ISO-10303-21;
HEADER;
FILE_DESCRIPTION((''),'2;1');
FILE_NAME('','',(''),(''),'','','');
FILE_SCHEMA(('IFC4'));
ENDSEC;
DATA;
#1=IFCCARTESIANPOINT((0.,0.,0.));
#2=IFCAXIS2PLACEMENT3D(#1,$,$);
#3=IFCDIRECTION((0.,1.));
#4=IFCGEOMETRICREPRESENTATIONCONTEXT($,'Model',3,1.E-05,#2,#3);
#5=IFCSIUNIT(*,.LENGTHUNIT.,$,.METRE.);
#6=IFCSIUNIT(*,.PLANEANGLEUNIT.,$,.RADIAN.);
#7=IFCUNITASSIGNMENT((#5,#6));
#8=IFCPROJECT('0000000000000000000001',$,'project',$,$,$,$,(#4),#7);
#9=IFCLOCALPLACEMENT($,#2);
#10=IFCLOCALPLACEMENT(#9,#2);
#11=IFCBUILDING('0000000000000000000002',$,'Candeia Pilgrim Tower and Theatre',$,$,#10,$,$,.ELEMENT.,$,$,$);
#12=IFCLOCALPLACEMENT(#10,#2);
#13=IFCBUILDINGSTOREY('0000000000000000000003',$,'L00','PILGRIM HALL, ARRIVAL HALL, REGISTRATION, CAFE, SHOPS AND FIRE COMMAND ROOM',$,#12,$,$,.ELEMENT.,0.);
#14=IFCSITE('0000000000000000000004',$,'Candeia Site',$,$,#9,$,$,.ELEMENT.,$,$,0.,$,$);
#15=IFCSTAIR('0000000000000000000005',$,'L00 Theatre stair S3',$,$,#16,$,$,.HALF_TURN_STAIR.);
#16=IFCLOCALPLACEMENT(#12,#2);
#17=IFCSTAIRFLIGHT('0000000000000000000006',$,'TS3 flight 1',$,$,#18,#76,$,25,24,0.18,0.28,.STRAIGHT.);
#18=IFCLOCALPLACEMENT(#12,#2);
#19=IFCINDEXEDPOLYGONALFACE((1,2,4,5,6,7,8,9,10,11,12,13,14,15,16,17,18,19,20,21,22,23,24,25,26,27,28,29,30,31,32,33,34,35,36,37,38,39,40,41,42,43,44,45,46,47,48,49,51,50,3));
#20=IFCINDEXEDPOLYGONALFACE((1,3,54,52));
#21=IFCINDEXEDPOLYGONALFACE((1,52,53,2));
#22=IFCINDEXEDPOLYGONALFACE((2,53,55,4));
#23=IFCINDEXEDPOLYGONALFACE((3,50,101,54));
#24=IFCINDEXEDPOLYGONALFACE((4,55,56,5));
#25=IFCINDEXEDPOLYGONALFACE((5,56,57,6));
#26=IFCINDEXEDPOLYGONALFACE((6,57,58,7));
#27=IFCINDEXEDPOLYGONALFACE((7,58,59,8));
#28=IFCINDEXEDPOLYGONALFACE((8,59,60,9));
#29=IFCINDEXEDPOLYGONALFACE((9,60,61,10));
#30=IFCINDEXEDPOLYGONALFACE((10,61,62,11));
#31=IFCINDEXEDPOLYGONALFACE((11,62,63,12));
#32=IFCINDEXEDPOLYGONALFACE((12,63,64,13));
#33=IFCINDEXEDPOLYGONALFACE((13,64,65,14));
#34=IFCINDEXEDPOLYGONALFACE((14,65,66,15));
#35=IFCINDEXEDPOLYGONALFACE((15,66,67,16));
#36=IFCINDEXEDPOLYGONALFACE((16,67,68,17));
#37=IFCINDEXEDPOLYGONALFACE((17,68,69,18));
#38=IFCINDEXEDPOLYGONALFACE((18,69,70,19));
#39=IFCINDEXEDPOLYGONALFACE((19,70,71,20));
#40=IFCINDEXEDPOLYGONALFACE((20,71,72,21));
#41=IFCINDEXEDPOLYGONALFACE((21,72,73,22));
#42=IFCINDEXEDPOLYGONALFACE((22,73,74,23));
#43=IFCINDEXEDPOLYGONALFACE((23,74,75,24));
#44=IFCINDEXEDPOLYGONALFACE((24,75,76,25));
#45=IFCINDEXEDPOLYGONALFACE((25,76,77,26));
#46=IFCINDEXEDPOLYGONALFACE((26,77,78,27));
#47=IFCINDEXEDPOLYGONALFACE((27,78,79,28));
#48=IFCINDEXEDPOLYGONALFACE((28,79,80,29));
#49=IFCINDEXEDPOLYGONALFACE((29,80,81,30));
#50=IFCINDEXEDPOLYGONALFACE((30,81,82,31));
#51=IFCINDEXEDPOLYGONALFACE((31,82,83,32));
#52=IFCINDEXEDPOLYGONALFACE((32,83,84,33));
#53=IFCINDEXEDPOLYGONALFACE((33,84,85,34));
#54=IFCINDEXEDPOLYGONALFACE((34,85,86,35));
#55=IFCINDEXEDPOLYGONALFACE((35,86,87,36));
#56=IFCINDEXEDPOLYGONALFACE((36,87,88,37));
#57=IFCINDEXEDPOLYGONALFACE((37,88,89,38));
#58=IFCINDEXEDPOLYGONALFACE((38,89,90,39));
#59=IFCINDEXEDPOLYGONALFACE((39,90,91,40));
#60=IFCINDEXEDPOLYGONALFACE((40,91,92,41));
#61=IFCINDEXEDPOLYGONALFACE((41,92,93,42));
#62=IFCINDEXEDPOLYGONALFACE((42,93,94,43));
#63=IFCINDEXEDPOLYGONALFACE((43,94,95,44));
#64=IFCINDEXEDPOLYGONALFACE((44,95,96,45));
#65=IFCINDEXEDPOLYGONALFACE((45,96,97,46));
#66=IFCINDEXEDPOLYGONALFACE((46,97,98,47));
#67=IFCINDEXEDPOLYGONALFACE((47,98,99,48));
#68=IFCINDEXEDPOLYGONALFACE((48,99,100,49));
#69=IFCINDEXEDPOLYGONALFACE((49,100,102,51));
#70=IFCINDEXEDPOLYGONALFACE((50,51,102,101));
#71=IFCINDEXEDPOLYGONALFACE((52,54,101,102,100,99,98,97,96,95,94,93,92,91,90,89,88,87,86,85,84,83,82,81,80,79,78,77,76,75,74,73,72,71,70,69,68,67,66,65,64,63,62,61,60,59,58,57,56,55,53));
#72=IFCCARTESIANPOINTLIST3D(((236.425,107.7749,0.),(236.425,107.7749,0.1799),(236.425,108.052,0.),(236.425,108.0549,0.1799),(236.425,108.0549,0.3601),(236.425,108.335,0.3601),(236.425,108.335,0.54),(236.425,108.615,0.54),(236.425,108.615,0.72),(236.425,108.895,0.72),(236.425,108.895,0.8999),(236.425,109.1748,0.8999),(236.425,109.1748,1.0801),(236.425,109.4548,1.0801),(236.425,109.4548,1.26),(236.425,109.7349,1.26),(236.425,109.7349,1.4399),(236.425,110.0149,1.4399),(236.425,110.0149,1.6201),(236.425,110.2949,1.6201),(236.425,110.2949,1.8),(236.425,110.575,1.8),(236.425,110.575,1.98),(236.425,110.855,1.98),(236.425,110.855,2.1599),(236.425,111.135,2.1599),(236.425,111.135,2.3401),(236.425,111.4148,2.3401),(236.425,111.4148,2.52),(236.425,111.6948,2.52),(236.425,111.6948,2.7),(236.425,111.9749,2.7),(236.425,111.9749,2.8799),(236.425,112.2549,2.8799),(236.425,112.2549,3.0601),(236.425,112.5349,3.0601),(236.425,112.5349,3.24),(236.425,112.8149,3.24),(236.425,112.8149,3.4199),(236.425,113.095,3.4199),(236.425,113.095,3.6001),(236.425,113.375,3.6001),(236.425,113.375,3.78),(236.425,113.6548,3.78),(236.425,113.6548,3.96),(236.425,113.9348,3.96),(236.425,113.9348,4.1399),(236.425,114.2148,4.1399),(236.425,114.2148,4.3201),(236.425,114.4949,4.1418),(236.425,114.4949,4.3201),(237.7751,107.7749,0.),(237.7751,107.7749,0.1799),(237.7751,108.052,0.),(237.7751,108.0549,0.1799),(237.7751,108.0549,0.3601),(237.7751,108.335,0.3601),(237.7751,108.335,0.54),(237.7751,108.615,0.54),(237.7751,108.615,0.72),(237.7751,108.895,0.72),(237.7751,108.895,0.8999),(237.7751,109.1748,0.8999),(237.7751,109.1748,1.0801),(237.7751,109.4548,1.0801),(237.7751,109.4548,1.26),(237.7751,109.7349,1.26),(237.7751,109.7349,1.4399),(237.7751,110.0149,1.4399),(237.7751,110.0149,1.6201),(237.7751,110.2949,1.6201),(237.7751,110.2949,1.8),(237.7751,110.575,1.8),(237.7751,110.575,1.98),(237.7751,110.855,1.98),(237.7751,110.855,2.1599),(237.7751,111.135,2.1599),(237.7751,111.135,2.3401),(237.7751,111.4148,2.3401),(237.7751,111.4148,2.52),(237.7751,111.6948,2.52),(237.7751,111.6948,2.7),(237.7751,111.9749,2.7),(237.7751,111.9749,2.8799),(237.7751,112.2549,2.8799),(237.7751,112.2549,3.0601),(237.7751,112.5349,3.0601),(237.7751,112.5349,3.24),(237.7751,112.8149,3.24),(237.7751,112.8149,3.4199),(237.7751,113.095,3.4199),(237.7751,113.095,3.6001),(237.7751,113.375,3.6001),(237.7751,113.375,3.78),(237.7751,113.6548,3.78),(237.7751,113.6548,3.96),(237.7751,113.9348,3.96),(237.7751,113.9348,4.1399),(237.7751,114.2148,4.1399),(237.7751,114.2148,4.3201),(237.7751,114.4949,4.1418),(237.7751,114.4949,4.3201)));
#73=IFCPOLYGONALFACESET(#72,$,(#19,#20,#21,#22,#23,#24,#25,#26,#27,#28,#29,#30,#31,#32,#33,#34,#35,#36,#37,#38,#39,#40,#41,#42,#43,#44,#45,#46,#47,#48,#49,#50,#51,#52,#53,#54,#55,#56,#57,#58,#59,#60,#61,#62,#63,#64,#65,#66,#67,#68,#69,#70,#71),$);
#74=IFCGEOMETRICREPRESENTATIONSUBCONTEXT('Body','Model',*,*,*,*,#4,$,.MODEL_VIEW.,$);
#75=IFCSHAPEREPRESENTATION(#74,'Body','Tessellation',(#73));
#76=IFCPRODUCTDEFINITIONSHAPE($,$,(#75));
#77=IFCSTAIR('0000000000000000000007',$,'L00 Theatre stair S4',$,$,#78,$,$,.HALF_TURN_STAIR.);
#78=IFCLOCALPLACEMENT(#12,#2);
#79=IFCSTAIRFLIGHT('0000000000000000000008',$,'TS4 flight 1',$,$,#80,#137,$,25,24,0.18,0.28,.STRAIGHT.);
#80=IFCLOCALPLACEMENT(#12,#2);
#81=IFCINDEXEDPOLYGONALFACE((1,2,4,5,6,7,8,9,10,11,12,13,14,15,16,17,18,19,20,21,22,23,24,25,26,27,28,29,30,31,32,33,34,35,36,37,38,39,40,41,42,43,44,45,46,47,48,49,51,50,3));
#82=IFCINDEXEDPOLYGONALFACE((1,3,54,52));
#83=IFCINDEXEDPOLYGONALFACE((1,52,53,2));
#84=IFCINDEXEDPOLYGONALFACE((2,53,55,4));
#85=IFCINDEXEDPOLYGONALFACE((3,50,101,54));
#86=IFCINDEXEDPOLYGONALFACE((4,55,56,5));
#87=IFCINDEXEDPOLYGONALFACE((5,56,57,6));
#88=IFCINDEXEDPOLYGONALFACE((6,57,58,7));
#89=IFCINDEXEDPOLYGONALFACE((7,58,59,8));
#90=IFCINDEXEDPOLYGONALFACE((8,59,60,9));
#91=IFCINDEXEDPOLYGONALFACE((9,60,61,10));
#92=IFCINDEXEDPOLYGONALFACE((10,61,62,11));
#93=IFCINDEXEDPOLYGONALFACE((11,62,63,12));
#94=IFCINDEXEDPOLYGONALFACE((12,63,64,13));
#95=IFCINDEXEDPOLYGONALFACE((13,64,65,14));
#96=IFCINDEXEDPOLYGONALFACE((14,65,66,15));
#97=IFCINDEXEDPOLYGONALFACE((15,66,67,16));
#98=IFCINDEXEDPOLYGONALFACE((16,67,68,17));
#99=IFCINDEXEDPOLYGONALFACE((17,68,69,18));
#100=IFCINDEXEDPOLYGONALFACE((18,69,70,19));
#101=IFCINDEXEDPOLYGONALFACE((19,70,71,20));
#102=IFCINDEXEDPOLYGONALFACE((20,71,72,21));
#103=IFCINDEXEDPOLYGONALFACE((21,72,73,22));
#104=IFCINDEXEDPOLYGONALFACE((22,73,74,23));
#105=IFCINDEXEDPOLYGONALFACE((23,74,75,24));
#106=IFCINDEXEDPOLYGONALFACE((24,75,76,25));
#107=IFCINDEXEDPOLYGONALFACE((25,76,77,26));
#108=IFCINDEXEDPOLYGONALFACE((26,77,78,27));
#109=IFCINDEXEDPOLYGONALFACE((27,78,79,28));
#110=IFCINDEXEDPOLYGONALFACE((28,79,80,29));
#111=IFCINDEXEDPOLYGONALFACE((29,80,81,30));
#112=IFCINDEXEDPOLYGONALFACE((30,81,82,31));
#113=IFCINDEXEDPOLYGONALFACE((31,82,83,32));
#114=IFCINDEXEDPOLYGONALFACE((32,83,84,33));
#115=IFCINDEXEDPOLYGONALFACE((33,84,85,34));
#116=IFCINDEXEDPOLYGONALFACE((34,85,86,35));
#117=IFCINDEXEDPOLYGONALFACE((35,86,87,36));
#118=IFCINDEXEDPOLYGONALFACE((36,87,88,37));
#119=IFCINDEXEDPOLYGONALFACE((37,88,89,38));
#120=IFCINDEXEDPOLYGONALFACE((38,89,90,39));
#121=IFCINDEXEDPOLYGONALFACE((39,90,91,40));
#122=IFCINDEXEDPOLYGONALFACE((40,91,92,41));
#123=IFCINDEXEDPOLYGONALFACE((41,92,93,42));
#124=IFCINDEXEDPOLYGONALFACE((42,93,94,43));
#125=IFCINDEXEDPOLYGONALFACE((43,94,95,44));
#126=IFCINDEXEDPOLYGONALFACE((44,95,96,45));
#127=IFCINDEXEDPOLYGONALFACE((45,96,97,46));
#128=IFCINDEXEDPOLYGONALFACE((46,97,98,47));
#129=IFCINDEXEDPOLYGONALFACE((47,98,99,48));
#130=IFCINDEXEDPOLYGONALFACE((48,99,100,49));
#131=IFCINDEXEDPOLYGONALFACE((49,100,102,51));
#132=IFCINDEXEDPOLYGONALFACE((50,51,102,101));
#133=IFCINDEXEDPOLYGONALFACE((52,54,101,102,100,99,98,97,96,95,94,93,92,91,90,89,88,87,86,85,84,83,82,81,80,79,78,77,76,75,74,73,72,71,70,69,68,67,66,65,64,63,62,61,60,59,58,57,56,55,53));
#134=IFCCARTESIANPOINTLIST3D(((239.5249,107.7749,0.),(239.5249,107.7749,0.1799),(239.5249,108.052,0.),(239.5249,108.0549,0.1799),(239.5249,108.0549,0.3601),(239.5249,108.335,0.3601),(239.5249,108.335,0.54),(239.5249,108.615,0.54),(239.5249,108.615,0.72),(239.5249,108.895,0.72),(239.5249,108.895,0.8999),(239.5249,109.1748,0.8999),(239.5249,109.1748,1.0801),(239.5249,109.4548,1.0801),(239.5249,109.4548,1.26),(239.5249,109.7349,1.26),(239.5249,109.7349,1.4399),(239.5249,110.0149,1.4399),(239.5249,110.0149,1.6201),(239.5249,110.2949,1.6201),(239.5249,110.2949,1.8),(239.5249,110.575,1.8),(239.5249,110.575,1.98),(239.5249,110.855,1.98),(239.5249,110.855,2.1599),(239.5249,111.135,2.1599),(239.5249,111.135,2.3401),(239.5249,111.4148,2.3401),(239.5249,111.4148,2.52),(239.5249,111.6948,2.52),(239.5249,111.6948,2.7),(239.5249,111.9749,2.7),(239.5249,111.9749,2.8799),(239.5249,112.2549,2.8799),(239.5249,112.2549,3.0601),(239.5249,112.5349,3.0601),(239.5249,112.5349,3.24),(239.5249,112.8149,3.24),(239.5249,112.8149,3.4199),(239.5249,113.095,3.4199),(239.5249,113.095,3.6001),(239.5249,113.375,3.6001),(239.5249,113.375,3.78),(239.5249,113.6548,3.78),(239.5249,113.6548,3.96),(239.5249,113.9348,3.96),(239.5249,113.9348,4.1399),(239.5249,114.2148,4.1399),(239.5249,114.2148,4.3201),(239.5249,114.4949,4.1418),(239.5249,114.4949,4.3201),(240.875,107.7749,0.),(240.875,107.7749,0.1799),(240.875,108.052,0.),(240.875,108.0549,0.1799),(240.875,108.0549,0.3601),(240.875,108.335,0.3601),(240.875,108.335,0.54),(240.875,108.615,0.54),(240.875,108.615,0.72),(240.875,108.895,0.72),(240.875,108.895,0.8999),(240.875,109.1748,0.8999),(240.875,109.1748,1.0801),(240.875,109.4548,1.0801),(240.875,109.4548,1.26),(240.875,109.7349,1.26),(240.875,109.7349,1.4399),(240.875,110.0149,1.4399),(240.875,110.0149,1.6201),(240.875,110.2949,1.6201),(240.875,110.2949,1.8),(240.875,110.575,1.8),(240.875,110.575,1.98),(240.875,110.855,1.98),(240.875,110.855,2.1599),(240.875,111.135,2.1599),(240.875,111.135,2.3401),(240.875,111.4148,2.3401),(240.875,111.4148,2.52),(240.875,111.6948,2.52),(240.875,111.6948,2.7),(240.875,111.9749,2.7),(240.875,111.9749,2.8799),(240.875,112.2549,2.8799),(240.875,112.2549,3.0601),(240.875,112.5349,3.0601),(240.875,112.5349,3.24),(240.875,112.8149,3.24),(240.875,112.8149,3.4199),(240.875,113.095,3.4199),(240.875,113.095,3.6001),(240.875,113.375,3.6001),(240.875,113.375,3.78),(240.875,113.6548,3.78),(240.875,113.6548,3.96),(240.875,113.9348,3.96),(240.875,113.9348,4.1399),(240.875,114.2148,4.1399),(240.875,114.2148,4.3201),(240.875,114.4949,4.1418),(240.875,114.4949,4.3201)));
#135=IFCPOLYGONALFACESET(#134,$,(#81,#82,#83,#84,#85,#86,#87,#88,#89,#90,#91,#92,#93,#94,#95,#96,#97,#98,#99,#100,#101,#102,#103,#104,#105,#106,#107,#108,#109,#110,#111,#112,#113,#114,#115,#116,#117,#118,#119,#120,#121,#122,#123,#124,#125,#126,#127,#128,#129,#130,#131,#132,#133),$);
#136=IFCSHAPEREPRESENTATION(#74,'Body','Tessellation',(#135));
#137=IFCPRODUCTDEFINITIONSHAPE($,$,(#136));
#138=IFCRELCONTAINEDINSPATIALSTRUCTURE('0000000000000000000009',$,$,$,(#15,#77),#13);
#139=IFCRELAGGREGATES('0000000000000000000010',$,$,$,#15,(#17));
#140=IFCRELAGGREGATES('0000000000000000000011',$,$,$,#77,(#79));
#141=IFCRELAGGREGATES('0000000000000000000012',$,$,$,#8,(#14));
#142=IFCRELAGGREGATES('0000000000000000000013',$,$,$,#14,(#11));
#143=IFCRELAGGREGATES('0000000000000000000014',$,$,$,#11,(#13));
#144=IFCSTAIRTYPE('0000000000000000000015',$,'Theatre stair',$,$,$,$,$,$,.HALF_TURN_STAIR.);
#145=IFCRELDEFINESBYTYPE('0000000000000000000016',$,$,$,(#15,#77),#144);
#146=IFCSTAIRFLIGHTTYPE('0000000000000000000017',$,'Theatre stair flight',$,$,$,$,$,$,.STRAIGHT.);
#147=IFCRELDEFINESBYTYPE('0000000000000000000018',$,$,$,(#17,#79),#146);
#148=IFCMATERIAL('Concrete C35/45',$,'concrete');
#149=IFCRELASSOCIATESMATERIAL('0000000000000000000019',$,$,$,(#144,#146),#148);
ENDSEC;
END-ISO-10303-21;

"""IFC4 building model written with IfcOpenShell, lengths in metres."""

from ifc_helpers import new_model, si_unit, direction, frame, origin, place, context, subcontext, project, spatial, polyline, outline, extrude, material, type_object, element, aggregate, save


model = new_model("IFC4")

# Units and contexts
model_context = context("Model", 3, precision=1e-05, world=origin(), true_north=direction((0.0, 1.0)))
body_context = subcontext(model_context, "Body", "Model", "MODEL_VIEW")
ifc_project = project(units=[si_unit("LENGTHUNIT", "METRE"), si_unit("PLANEANGLEUNIT", "RADIAN")], contexts=[model_context])

# Site, building, storey
site_placement = place(None, origin())
site = spatial("IfcSite", under=ifc_project, at=site_placement, Name="Candeia Site", CompositionType="ELEMENT", RefElevation=0.0)
building_placement = place(site_placement, origin())
building = spatial("IfcBuilding", under=site, at=building_placement, Name="Candeia Pilgrim Tower and Theatre", CompositionType="ELEMENT")
storey_placement = place(building_placement, origin())
storey = spatial("IfcBuildingStorey", under=building, at=storey_placement, Name="L00", Description="PILGRIM HALL, ARRIVAL HALL, REGISTRATION, CAFE, SHOPS AND FIRE COMMAND ROOM", CompositionType="ELEMENT", Elevation=0.0)

# Shared definitions
ifc_material_1 = material(Name="Concrete C35/45", Category="concrete")

# Stairs, stair flights
stair_type = type_object("IfcStairType", Name="Theatre stair", PredefinedType="HALF_TURN_STAIR", material=ifc_material_1)
stair_1_placement = place(storey_placement, origin())
stair_1 = element("IfcStair", 1, at=stair_1_placement, inside=storey, type_object=stair_type, Name="L00 Theatre stair S3", PredefinedType="HALF_TURN_STAIR")
stair_flight_type = type_object("IfcStairFlightType", Name="Theatre stair flight", PredefinedType="STRAIGHT", material=ifc_material_1)
stair_flight_1_placement = place(storey_placement, frame((237.1001, 107.7749, 0.0), z_axis=(0.0, 0.0, 1.0), x_axis=(0.0, 1.0, 0.0)))
stair_flight_1 = element("IfcStairFlight", 2, at=stair_flight_1_placement, type_object=stair_flight_type, Name="TS3 flight 1", NumberOfRisers=25, NumberOfTreads=24, PredefinedType="STRAIGHT", RiserHeight=0.18, TreadLength=0.28, context=body_context, shape_type="SweptSolid", body=[
    extrude(outline(polyline([(0.0, 0.0), (0.0, 0.1799), (0.28, 0.1799), (0.28, 0.3601), (0.5601, 0.3601), (0.5601, 0.54), (0.8401, 0.54), (0.8401, 0.72), (1.1201, 0.72), (1.1201, 0.8999), (1.3999, 0.8999), (1.3999, 1.0801), (1.6799, 1.0801), (1.6799, 1.26), (1.96, 1.26), (1.96, 1.4399), (2.24, 1.4399), (2.24, 1.6201), (2.52, 1.6201), (2.52, 1.8), (2.8, 1.8), (2.8, 1.98), (3.0801, 1.98), (3.0801, 2.1599), (3.3601, 2.1599), (3.3601, 2.3401), (3.6399, 2.3401), (3.6399, 2.52), (3.9199, 2.52), (3.9199, 2.7), (4.2, 2.7), (4.2, 2.8799), (4.48, 2.8799), (4.48, 3.0601), (4.76, 3.0601), (4.76, 3.24), (5.04, 3.24), (5.04, 3.4199), (5.3201, 3.4199), (5.3201, 3.6001), (5.6001, 3.6001), (5.6001, 3.78), (5.8799, 3.78), (5.8799, 3.96), (6.1599, 3.96), (6.1599, 4.1399), (6.4399, 4.1399), (6.4399, 4.3201), (6.72, 4.3201), (6.72, 4.5), (6.72, 4.1418), (0.2771, 0.0), (0.0, 0.0)])), frame((0.0, 0.675, 0.0), z_axis=(0.0, -1.0, 0.0), x_axis=(1.0, 0.0, 0.0)), (0.0, 0.0, 1.0), 1.3501),
])
aggregate(stair_1, [stair_flight_1])
stair_2_placement = place(storey_placement, origin())
stair_2 = element("IfcStair", 3, at=stair_2_placement, inside=storey, type_object=stair_type, Name="L00 Theatre stair S4", PredefinedType="HALF_TURN_STAIR")
stair_flight_2_placement = place(storey_placement, frame((240.2, 107.7749, 0.0), z_axis=(0.0, 0.0, 1.0), x_axis=(0.0, 1.0, 0.0)))
stair_flight_2 = element("IfcStairFlight", 4, at=stair_flight_2_placement, type_object=stair_flight_type, Name="TS4 flight 1", NumberOfRisers=25, NumberOfTreads=24, PredefinedType="STRAIGHT", RiserHeight=0.18, TreadLength=0.28, context=body_context, shape_type="SweptSolid", body=[
    extrude(outline(polyline([(0.0, 0.0), (0.0, 0.1799), (0.28, 0.1799), (0.28, 0.3601), (0.5601, 0.3601), (0.5601, 0.54), (0.8401, 0.54), (0.8401, 0.72), (1.1201, 0.72), (1.1201, 0.8999), (1.3999, 0.8999), (1.3999, 1.0801), (1.6799, 1.0801), (1.6799, 1.26), (1.96, 1.26), (1.96, 1.4399), (2.24, 1.4399), (2.24, 1.6201), (2.52, 1.6201), (2.52, 1.8), (2.8, 1.8), (2.8, 1.98), (3.0801, 1.98), (3.0801, 2.1599), (3.3601, 2.1599), (3.3601, 2.3401), (3.6399, 2.3401), (3.6399, 2.52), (3.9199, 2.52), (3.9199, 2.7), (4.2, 2.7), (4.2, 2.8799), (4.48, 2.8799), (4.48, 3.0601), (4.76, 3.0601), (4.76, 3.24), (5.04, 3.24), (5.04, 3.4199), (5.3201, 3.4199), (5.3201, 3.6001), (5.6001, 3.6001), (5.6001, 3.78), (5.8799, 3.78), (5.8799, 3.96), (6.1599, 3.96), (6.1599, 4.1399), (6.4399, 4.1399), (6.4399, 4.3201), (6.72, 4.3201), (6.72, 4.5), (6.72, 4.1418), (0.2771, 0.0), (0.0, 0.0)])), frame((0.0, 0.675, 0.0), z_axis=(0.0, -1.0, 0.0), x_axis=(1.0, 0.0, 0.0)), (0.0, 0.0, 1.0), 1.3501),
])
aggregate(stair_2, [stair_flight_2])

save(model, "model.ifc")
